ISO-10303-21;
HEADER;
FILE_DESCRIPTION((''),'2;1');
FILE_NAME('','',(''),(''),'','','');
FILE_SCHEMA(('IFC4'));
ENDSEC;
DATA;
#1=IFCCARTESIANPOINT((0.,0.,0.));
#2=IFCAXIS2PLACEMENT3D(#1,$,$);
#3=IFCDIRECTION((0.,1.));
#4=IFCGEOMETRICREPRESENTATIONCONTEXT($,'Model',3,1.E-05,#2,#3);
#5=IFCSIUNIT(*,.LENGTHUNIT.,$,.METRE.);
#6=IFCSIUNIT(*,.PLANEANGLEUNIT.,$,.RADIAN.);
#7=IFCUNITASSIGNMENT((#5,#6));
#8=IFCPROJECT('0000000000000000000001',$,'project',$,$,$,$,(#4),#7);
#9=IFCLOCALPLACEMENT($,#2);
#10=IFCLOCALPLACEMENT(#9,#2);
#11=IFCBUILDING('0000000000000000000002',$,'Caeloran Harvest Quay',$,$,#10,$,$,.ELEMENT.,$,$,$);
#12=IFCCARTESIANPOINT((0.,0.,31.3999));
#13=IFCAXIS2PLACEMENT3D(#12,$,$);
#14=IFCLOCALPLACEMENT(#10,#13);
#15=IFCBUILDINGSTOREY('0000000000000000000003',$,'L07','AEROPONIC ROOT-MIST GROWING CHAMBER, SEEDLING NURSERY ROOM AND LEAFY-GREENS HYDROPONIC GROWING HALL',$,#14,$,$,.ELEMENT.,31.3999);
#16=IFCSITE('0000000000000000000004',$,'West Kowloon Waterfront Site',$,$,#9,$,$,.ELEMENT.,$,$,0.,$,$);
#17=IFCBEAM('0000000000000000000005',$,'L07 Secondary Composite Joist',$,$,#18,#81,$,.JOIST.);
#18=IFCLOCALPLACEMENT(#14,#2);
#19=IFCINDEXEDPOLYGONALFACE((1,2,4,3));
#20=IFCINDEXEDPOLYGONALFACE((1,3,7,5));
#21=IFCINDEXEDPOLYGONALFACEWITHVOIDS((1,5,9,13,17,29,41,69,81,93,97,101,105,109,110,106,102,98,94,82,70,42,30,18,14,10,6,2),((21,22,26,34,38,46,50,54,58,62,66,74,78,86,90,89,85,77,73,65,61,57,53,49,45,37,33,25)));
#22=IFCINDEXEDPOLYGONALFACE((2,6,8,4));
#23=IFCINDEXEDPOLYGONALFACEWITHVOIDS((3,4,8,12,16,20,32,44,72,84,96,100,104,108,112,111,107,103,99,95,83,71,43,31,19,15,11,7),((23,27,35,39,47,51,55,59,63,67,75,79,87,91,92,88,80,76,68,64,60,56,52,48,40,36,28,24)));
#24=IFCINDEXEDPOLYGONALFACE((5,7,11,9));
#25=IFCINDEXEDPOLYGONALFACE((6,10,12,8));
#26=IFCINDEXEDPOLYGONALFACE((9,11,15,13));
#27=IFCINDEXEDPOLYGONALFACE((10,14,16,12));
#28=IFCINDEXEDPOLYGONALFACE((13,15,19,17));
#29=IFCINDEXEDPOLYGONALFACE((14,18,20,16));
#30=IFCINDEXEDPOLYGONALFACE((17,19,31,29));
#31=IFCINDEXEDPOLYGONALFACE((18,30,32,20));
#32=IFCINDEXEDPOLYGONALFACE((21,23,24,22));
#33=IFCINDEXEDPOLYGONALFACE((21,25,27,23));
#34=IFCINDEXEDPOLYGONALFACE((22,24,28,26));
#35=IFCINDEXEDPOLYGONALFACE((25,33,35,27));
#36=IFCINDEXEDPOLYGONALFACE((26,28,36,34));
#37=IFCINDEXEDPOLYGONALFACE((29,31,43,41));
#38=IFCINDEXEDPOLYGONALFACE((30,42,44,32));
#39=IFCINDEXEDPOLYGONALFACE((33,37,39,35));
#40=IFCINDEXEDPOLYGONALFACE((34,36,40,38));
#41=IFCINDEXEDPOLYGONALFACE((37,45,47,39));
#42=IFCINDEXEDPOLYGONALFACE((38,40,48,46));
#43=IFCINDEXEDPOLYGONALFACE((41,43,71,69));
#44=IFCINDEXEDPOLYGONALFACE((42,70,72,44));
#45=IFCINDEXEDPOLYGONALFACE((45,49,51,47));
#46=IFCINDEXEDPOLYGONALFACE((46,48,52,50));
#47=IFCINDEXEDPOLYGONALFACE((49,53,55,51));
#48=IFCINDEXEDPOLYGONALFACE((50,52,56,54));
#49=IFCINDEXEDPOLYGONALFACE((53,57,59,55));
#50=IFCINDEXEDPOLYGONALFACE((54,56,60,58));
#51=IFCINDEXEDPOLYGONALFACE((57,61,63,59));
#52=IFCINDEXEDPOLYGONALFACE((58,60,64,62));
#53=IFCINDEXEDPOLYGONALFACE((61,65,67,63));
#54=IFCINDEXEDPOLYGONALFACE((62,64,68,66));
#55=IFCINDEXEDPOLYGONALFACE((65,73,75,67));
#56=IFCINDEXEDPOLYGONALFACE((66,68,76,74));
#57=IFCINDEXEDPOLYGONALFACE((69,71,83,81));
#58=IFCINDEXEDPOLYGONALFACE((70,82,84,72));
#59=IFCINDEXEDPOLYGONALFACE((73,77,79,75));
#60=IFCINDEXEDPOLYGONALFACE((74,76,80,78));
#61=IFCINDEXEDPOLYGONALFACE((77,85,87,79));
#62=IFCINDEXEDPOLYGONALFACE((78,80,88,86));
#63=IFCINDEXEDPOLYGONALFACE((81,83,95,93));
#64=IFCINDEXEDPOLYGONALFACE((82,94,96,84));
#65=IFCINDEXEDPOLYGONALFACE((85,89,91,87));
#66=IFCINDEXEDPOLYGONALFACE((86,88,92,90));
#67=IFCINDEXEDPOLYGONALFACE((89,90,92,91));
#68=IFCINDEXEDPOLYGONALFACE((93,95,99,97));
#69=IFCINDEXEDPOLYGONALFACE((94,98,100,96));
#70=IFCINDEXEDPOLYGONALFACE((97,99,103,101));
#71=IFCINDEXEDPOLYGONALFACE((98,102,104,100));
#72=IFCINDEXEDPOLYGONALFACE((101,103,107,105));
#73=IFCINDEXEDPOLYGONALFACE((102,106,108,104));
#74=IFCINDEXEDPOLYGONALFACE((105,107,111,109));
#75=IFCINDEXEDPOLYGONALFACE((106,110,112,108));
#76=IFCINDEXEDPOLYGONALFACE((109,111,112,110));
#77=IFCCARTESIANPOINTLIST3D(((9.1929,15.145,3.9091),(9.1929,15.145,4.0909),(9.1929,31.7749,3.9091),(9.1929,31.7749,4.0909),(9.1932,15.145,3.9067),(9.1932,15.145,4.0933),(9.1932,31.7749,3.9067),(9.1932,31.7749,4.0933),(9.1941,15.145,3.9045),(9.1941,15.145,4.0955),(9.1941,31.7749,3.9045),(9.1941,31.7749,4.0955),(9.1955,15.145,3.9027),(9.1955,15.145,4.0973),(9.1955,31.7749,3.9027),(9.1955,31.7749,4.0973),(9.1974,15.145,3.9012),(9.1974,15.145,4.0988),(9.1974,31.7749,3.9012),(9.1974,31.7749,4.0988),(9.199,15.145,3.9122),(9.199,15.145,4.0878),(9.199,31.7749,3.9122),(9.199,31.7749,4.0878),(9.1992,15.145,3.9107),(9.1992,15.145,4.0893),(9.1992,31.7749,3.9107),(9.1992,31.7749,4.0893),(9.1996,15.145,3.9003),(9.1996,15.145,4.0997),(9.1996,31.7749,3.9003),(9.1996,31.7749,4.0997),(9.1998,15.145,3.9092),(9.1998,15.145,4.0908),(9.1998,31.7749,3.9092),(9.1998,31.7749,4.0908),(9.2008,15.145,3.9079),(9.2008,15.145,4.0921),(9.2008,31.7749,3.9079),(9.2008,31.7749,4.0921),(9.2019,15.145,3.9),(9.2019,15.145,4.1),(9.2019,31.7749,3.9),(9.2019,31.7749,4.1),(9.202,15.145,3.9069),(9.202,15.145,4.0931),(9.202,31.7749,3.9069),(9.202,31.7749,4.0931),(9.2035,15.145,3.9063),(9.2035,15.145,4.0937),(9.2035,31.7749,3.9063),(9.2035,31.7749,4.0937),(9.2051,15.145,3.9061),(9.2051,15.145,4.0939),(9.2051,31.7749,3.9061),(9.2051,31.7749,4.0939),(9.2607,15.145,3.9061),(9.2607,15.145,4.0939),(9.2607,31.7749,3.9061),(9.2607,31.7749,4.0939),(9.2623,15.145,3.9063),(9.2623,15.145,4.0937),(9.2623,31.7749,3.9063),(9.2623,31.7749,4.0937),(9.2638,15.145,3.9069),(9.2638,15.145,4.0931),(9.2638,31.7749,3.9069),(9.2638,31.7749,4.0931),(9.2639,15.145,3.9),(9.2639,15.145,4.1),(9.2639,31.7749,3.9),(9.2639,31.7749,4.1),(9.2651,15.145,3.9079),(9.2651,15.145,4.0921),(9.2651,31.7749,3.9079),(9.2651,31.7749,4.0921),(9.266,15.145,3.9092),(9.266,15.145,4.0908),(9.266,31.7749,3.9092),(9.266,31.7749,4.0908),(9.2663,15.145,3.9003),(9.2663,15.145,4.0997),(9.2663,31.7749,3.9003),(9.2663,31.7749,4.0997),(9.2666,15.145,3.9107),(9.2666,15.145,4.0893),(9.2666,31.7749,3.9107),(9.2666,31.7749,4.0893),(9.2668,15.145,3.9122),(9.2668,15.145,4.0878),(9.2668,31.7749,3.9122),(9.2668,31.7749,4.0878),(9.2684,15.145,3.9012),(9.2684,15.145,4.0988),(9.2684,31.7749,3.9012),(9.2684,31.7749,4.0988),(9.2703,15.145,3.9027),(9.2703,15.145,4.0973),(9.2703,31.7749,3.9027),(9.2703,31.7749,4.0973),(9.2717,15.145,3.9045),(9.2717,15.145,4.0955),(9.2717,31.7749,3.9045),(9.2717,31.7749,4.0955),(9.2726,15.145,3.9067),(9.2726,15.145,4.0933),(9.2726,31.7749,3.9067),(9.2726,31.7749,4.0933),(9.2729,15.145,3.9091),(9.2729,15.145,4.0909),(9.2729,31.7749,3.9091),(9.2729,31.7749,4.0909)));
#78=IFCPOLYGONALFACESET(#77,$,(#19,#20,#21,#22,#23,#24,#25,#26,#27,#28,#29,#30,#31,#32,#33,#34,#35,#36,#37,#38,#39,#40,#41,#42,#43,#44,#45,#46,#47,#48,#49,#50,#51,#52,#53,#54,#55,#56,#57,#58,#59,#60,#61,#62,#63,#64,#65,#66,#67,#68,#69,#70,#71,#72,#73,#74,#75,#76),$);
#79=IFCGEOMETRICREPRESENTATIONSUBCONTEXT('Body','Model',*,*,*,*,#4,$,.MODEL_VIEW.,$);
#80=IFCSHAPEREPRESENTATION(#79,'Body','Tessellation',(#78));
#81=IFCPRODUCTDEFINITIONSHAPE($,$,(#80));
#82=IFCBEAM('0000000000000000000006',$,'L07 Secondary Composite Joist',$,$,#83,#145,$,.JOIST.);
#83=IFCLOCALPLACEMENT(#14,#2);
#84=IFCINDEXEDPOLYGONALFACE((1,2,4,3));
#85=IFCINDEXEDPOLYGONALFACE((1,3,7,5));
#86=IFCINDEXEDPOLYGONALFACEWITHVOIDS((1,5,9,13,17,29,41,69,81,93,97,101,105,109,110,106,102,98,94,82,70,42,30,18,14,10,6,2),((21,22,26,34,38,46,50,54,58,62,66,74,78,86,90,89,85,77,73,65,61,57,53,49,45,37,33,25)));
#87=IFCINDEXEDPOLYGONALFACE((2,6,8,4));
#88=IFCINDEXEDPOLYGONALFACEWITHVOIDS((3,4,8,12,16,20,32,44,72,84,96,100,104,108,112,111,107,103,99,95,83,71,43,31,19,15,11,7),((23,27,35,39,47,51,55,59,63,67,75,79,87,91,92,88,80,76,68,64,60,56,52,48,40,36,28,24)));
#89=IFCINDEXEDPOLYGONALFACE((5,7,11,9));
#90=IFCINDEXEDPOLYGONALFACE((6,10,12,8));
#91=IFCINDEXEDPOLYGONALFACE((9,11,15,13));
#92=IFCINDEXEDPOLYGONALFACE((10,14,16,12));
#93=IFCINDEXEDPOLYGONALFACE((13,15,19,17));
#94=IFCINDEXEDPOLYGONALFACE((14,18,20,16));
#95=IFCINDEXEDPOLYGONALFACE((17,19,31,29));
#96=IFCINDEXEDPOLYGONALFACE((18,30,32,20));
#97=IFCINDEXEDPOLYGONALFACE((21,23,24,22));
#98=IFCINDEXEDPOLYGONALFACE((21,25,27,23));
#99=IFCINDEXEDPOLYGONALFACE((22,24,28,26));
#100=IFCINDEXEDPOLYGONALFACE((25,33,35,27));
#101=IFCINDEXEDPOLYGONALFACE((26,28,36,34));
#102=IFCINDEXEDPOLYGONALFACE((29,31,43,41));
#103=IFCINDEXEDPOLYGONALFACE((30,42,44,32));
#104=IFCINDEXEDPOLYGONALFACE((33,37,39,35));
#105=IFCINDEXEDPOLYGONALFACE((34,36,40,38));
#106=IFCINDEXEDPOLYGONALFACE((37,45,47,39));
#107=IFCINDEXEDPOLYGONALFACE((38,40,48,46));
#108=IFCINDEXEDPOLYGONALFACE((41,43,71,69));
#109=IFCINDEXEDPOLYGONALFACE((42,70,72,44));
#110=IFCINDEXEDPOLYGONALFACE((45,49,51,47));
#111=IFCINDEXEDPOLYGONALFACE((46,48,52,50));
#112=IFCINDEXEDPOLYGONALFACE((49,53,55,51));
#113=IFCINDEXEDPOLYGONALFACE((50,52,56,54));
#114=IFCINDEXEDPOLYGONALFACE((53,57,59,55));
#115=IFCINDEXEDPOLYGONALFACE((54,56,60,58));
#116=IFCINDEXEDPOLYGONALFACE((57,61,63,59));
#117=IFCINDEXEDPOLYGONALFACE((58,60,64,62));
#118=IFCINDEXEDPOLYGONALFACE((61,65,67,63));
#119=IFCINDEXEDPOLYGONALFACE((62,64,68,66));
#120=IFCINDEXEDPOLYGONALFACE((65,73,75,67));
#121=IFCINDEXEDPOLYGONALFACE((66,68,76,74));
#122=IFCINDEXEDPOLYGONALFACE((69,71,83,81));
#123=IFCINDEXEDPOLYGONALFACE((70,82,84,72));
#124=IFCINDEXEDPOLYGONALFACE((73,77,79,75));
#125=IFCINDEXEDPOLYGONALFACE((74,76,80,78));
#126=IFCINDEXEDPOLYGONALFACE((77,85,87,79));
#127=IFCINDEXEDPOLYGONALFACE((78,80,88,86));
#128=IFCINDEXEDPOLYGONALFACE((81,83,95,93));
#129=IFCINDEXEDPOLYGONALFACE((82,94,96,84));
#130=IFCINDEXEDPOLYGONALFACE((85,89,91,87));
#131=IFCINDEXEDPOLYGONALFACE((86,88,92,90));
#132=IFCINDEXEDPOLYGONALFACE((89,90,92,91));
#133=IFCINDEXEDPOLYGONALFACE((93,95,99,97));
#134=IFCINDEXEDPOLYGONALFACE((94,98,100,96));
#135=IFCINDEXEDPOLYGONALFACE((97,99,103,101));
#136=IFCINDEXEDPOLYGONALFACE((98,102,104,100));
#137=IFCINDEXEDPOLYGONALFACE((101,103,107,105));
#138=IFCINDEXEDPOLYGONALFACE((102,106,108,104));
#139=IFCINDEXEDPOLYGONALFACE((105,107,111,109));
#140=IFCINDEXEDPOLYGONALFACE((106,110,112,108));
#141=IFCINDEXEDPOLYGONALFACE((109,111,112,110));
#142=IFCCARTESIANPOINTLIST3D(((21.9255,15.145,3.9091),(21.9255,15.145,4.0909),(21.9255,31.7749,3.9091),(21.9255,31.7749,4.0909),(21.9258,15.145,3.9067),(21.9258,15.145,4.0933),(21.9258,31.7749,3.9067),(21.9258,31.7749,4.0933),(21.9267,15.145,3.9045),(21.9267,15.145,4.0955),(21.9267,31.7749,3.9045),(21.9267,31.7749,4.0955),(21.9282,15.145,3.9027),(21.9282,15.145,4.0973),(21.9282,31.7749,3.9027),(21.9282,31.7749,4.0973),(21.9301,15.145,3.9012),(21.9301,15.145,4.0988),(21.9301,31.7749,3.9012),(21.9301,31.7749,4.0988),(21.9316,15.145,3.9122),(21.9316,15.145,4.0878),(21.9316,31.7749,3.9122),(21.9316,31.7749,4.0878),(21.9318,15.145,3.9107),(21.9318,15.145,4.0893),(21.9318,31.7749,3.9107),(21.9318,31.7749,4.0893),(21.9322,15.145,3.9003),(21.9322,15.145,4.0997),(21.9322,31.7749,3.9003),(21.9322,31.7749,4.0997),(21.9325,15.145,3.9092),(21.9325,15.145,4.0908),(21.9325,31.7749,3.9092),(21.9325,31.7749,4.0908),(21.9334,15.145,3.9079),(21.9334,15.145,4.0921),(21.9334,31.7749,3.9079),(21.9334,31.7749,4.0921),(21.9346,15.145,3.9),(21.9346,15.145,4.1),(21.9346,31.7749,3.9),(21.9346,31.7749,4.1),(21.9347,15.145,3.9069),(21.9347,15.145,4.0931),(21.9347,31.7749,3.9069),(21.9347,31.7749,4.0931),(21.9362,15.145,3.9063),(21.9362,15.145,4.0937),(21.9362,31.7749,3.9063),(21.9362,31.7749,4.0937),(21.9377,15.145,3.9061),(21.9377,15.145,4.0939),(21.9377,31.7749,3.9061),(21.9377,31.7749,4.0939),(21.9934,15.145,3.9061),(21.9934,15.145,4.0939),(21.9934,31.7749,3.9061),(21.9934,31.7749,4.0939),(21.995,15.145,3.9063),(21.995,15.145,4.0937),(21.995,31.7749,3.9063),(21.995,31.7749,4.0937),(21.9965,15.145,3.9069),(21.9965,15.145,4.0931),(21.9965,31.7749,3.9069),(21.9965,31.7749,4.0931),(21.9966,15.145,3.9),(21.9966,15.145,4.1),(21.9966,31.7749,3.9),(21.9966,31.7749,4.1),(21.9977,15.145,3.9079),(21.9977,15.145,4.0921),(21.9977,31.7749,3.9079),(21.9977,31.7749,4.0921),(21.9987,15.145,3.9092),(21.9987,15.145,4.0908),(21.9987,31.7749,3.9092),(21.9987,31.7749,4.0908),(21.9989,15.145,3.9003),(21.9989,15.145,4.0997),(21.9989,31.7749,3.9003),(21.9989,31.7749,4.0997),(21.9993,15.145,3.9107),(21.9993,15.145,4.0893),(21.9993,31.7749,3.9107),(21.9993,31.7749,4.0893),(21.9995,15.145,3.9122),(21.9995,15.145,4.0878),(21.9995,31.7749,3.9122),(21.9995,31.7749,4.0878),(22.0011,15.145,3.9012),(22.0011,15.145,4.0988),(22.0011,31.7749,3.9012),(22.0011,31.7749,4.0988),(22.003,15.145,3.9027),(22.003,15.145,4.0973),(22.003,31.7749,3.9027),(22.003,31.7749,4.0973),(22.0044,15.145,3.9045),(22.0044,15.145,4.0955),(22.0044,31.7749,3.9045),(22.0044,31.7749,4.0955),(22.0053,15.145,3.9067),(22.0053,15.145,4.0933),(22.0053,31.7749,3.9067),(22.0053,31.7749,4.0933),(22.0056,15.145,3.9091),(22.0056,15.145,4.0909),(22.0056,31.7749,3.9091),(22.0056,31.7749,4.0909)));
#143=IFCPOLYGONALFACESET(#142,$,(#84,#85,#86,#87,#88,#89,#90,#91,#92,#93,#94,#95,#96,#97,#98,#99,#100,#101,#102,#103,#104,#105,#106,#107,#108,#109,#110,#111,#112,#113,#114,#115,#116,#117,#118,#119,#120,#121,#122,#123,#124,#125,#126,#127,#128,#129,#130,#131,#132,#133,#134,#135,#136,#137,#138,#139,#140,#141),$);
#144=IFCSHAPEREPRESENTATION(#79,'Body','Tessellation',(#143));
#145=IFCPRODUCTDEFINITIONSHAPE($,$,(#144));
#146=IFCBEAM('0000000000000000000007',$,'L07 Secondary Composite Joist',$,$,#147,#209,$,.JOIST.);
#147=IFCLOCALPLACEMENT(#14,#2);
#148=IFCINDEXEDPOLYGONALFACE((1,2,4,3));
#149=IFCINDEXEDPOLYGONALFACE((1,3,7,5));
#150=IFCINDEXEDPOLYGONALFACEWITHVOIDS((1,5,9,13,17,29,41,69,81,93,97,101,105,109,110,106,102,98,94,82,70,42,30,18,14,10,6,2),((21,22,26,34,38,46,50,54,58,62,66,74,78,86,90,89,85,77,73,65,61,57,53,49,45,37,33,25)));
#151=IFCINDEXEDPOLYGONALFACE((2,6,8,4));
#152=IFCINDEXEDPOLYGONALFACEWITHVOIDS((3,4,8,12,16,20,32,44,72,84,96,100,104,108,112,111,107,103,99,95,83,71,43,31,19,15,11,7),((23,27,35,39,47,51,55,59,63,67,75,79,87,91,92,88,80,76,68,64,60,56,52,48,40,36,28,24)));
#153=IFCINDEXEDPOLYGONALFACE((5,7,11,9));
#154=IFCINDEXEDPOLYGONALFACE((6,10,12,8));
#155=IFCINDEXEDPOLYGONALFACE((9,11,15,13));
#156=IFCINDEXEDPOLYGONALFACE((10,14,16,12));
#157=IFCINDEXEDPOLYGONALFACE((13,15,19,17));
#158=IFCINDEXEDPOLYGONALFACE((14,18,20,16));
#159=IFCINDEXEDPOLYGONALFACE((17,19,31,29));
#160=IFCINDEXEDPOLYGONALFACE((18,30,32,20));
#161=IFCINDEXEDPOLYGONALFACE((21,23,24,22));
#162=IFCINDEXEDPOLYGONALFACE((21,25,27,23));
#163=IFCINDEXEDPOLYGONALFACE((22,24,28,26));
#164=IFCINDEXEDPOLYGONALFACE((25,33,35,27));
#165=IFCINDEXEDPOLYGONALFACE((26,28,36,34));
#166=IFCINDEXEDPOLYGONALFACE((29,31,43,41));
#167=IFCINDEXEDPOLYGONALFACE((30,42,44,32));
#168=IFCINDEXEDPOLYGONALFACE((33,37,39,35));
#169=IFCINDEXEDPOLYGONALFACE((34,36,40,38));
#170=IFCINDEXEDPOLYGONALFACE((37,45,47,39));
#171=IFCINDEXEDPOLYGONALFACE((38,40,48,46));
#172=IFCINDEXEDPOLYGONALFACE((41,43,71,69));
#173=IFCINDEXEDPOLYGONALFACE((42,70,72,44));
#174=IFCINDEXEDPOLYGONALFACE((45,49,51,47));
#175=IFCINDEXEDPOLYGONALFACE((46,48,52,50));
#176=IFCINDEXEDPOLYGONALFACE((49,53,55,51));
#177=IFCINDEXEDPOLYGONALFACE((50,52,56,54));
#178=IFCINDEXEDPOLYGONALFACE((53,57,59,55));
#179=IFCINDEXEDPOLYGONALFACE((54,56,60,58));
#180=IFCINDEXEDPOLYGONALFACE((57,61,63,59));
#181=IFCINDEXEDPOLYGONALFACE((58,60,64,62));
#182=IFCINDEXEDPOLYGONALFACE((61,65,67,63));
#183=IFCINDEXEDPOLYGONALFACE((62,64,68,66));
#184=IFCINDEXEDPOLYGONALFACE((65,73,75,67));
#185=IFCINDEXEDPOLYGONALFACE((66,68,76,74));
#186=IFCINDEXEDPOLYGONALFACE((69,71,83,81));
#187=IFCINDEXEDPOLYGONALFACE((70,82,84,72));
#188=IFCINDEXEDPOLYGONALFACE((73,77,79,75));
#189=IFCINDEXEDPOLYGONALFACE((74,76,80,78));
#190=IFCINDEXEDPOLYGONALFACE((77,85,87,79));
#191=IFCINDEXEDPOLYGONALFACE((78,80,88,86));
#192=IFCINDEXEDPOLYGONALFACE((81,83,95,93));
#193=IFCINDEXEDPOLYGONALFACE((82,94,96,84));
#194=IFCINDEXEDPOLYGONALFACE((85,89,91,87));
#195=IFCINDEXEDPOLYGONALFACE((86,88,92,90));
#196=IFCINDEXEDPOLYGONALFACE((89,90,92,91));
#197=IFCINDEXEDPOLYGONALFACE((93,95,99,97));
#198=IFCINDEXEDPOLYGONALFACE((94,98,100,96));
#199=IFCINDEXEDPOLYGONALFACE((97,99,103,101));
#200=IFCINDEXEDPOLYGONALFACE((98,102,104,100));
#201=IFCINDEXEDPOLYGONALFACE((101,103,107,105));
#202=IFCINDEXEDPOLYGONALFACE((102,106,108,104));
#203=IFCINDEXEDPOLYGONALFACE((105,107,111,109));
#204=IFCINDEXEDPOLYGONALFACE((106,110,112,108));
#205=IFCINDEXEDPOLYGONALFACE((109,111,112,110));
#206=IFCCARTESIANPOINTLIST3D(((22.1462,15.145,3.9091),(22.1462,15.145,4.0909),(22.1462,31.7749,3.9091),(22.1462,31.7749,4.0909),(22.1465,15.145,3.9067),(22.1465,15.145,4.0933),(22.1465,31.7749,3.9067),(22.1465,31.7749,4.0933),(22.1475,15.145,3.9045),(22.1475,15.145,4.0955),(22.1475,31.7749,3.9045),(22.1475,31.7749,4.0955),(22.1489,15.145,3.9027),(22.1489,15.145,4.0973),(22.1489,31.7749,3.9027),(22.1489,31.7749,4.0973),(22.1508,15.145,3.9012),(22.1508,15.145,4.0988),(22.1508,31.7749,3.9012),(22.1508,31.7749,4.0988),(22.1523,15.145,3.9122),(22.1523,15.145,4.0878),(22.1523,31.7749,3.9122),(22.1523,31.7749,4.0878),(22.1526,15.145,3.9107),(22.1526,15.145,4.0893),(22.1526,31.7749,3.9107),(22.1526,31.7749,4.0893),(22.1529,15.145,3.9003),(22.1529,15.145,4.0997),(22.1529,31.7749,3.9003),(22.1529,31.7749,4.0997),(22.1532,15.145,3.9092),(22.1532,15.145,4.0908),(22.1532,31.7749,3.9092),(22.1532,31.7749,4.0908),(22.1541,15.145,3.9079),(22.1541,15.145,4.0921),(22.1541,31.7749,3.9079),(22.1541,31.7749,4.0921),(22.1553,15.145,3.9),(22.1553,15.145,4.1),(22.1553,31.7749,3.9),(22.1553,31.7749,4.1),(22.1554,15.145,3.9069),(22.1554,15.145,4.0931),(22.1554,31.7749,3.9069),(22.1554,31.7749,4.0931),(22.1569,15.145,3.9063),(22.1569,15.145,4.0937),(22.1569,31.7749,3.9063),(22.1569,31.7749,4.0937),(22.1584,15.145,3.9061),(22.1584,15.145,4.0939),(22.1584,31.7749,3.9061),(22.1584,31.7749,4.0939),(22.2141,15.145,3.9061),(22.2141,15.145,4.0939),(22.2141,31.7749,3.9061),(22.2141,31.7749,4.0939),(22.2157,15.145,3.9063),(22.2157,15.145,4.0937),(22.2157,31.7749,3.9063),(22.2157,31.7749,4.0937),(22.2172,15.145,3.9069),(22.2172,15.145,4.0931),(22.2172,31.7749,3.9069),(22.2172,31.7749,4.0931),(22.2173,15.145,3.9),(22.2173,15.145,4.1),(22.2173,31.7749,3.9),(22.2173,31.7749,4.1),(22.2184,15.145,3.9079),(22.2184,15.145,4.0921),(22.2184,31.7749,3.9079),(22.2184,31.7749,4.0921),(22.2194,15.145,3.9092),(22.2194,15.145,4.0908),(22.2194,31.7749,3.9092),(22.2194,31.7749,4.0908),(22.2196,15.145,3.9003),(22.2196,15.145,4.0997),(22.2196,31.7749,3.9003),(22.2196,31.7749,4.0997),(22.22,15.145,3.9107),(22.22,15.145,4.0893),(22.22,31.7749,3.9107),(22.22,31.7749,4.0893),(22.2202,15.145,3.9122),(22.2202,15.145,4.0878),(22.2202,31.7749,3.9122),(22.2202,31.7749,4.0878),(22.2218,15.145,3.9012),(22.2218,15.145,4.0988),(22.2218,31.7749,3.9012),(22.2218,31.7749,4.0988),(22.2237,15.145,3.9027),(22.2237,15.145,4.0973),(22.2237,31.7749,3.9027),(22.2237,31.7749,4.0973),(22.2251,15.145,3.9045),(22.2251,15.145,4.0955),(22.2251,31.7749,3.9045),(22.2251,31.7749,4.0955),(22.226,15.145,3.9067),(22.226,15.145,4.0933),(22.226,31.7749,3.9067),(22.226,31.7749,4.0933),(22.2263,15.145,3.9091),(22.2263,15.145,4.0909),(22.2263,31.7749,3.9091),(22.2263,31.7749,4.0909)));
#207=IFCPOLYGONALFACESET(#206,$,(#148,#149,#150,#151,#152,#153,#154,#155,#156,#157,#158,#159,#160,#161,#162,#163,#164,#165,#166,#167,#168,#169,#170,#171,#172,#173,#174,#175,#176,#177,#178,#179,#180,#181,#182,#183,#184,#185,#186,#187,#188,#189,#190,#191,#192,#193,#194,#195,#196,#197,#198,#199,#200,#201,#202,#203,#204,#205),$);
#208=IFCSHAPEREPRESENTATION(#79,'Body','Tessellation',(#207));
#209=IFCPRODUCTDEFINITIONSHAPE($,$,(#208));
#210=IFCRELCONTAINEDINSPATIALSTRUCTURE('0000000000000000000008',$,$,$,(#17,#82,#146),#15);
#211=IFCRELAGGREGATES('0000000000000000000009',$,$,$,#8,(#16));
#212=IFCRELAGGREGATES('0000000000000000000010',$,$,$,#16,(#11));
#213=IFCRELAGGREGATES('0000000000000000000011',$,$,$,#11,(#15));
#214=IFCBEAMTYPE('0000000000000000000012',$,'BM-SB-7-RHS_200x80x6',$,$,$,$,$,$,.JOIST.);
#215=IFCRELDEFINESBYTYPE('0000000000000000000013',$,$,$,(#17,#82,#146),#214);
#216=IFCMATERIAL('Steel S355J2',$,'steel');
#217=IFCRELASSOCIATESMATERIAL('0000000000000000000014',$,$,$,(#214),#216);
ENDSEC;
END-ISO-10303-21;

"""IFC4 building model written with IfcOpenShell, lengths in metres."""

from ifc_helpers import new_model, si_unit, direction, frame, origin, origin_2d, place, context, subcontext, project, spatial, hollow_rectangle, extrude, material, material_profile, profile_set, type_object, element, save


model = new_model("IFC4")

# Units and contexts
model_context = context("Model", 3, precision=1e-05, world=origin(), true_north=direction((0.0, 1.0)))
body_context = subcontext(model_context, "Body", "Model", "MODEL_VIEW")
ifc_project = project(units=[si_unit("LENGTHUNIT", "METRE"), si_unit("PLANEANGLEUNIT", "RADIAN")], contexts=[model_context])

# Site, building, storey
site_placement = place(None, origin())
site = spatial("IfcSite", under=ifc_project, at=site_placement, Name="West Kowloon Waterfront Site", CompositionType="ELEMENT", RefElevation=0.0)
building_placement = place(site_placement, origin())
building = spatial("IfcBuilding", under=site, at=building_placement, Name="Caeloran Harvest Quay", CompositionType="ELEMENT")
storey_placement = place(building_placement, frame((0.0, 0.0, 31.3999)))
storey = spatial("IfcBuildingStorey", under=building, at=storey_placement, Name="L07", Description="AEROPONIC ROOT-MIST GROWING CHAMBER, SEEDLING NURSERY ROOM AND LEAFY-GREENS HYDROPONIC GROWING HALL", CompositionType="ELEMENT", Elevation=31.3999)

# Beams
ifc_material_1 = material(Name="Steel S355J2", Category="steel")
ifc_material_profile_1 = material_profile(ifc_material_1, hollow_rectangle(XDim=0.0801, YDim=0.2, WallThickness=0.0061, InnerFilletRadius=0.0061, OuterFilletRadius=0.009, at=origin_2d()), Name="RHS 200x80x6")
ifc_profile_set_1 = profile_set([ifc_material_profile_1], Name="Steel S355J2")
beam_type_1 = type_object("IfcBeamType", Name="BM-SB-7-RHS_200x80x6", PredefinedType="JOIST", material=ifc_profile_set_1)
for number, where, z_axis, x_axis, name in (
    (1, (9.2329, 15.145, 4.0), (0.0, 1.0, 0.0), (-1.0, 0.0, 0.0), "L07 Secondary Composite Joist"),
    (2, (21.9656, 15.145, 4.0), (0.0, 1.0, 0.0), (-1.0, 0.0, 0.0), "L07 Secondary Composite Joist"),
    (3, (22.1863, 15.145, 4.0), (0.0, 1.0, 0.0), (-1.0, 0.0, 0.0), "L07 Secondary Composite Joist"),
):
    element("IfcBeam", number, at=place(storey_placement, frame(where, z_axis=z_axis, x_axis=x_axis)), inside=storey, type_object=beam_type_1, Name=name, PredefinedType="JOIST", context=body_context, shape_type="SweptSolid", body=[
        extrude(hollow_rectangle(XDim=0.0801, YDim=0.2, WallThickness=0.0061, InnerFilletRadius=0.0061, OuterFilletRadius=0.009, at=origin_2d()), origin(), (0.0, 0.0, 1.0), 16.6299),
    ])

save(model, "model.ifc")
